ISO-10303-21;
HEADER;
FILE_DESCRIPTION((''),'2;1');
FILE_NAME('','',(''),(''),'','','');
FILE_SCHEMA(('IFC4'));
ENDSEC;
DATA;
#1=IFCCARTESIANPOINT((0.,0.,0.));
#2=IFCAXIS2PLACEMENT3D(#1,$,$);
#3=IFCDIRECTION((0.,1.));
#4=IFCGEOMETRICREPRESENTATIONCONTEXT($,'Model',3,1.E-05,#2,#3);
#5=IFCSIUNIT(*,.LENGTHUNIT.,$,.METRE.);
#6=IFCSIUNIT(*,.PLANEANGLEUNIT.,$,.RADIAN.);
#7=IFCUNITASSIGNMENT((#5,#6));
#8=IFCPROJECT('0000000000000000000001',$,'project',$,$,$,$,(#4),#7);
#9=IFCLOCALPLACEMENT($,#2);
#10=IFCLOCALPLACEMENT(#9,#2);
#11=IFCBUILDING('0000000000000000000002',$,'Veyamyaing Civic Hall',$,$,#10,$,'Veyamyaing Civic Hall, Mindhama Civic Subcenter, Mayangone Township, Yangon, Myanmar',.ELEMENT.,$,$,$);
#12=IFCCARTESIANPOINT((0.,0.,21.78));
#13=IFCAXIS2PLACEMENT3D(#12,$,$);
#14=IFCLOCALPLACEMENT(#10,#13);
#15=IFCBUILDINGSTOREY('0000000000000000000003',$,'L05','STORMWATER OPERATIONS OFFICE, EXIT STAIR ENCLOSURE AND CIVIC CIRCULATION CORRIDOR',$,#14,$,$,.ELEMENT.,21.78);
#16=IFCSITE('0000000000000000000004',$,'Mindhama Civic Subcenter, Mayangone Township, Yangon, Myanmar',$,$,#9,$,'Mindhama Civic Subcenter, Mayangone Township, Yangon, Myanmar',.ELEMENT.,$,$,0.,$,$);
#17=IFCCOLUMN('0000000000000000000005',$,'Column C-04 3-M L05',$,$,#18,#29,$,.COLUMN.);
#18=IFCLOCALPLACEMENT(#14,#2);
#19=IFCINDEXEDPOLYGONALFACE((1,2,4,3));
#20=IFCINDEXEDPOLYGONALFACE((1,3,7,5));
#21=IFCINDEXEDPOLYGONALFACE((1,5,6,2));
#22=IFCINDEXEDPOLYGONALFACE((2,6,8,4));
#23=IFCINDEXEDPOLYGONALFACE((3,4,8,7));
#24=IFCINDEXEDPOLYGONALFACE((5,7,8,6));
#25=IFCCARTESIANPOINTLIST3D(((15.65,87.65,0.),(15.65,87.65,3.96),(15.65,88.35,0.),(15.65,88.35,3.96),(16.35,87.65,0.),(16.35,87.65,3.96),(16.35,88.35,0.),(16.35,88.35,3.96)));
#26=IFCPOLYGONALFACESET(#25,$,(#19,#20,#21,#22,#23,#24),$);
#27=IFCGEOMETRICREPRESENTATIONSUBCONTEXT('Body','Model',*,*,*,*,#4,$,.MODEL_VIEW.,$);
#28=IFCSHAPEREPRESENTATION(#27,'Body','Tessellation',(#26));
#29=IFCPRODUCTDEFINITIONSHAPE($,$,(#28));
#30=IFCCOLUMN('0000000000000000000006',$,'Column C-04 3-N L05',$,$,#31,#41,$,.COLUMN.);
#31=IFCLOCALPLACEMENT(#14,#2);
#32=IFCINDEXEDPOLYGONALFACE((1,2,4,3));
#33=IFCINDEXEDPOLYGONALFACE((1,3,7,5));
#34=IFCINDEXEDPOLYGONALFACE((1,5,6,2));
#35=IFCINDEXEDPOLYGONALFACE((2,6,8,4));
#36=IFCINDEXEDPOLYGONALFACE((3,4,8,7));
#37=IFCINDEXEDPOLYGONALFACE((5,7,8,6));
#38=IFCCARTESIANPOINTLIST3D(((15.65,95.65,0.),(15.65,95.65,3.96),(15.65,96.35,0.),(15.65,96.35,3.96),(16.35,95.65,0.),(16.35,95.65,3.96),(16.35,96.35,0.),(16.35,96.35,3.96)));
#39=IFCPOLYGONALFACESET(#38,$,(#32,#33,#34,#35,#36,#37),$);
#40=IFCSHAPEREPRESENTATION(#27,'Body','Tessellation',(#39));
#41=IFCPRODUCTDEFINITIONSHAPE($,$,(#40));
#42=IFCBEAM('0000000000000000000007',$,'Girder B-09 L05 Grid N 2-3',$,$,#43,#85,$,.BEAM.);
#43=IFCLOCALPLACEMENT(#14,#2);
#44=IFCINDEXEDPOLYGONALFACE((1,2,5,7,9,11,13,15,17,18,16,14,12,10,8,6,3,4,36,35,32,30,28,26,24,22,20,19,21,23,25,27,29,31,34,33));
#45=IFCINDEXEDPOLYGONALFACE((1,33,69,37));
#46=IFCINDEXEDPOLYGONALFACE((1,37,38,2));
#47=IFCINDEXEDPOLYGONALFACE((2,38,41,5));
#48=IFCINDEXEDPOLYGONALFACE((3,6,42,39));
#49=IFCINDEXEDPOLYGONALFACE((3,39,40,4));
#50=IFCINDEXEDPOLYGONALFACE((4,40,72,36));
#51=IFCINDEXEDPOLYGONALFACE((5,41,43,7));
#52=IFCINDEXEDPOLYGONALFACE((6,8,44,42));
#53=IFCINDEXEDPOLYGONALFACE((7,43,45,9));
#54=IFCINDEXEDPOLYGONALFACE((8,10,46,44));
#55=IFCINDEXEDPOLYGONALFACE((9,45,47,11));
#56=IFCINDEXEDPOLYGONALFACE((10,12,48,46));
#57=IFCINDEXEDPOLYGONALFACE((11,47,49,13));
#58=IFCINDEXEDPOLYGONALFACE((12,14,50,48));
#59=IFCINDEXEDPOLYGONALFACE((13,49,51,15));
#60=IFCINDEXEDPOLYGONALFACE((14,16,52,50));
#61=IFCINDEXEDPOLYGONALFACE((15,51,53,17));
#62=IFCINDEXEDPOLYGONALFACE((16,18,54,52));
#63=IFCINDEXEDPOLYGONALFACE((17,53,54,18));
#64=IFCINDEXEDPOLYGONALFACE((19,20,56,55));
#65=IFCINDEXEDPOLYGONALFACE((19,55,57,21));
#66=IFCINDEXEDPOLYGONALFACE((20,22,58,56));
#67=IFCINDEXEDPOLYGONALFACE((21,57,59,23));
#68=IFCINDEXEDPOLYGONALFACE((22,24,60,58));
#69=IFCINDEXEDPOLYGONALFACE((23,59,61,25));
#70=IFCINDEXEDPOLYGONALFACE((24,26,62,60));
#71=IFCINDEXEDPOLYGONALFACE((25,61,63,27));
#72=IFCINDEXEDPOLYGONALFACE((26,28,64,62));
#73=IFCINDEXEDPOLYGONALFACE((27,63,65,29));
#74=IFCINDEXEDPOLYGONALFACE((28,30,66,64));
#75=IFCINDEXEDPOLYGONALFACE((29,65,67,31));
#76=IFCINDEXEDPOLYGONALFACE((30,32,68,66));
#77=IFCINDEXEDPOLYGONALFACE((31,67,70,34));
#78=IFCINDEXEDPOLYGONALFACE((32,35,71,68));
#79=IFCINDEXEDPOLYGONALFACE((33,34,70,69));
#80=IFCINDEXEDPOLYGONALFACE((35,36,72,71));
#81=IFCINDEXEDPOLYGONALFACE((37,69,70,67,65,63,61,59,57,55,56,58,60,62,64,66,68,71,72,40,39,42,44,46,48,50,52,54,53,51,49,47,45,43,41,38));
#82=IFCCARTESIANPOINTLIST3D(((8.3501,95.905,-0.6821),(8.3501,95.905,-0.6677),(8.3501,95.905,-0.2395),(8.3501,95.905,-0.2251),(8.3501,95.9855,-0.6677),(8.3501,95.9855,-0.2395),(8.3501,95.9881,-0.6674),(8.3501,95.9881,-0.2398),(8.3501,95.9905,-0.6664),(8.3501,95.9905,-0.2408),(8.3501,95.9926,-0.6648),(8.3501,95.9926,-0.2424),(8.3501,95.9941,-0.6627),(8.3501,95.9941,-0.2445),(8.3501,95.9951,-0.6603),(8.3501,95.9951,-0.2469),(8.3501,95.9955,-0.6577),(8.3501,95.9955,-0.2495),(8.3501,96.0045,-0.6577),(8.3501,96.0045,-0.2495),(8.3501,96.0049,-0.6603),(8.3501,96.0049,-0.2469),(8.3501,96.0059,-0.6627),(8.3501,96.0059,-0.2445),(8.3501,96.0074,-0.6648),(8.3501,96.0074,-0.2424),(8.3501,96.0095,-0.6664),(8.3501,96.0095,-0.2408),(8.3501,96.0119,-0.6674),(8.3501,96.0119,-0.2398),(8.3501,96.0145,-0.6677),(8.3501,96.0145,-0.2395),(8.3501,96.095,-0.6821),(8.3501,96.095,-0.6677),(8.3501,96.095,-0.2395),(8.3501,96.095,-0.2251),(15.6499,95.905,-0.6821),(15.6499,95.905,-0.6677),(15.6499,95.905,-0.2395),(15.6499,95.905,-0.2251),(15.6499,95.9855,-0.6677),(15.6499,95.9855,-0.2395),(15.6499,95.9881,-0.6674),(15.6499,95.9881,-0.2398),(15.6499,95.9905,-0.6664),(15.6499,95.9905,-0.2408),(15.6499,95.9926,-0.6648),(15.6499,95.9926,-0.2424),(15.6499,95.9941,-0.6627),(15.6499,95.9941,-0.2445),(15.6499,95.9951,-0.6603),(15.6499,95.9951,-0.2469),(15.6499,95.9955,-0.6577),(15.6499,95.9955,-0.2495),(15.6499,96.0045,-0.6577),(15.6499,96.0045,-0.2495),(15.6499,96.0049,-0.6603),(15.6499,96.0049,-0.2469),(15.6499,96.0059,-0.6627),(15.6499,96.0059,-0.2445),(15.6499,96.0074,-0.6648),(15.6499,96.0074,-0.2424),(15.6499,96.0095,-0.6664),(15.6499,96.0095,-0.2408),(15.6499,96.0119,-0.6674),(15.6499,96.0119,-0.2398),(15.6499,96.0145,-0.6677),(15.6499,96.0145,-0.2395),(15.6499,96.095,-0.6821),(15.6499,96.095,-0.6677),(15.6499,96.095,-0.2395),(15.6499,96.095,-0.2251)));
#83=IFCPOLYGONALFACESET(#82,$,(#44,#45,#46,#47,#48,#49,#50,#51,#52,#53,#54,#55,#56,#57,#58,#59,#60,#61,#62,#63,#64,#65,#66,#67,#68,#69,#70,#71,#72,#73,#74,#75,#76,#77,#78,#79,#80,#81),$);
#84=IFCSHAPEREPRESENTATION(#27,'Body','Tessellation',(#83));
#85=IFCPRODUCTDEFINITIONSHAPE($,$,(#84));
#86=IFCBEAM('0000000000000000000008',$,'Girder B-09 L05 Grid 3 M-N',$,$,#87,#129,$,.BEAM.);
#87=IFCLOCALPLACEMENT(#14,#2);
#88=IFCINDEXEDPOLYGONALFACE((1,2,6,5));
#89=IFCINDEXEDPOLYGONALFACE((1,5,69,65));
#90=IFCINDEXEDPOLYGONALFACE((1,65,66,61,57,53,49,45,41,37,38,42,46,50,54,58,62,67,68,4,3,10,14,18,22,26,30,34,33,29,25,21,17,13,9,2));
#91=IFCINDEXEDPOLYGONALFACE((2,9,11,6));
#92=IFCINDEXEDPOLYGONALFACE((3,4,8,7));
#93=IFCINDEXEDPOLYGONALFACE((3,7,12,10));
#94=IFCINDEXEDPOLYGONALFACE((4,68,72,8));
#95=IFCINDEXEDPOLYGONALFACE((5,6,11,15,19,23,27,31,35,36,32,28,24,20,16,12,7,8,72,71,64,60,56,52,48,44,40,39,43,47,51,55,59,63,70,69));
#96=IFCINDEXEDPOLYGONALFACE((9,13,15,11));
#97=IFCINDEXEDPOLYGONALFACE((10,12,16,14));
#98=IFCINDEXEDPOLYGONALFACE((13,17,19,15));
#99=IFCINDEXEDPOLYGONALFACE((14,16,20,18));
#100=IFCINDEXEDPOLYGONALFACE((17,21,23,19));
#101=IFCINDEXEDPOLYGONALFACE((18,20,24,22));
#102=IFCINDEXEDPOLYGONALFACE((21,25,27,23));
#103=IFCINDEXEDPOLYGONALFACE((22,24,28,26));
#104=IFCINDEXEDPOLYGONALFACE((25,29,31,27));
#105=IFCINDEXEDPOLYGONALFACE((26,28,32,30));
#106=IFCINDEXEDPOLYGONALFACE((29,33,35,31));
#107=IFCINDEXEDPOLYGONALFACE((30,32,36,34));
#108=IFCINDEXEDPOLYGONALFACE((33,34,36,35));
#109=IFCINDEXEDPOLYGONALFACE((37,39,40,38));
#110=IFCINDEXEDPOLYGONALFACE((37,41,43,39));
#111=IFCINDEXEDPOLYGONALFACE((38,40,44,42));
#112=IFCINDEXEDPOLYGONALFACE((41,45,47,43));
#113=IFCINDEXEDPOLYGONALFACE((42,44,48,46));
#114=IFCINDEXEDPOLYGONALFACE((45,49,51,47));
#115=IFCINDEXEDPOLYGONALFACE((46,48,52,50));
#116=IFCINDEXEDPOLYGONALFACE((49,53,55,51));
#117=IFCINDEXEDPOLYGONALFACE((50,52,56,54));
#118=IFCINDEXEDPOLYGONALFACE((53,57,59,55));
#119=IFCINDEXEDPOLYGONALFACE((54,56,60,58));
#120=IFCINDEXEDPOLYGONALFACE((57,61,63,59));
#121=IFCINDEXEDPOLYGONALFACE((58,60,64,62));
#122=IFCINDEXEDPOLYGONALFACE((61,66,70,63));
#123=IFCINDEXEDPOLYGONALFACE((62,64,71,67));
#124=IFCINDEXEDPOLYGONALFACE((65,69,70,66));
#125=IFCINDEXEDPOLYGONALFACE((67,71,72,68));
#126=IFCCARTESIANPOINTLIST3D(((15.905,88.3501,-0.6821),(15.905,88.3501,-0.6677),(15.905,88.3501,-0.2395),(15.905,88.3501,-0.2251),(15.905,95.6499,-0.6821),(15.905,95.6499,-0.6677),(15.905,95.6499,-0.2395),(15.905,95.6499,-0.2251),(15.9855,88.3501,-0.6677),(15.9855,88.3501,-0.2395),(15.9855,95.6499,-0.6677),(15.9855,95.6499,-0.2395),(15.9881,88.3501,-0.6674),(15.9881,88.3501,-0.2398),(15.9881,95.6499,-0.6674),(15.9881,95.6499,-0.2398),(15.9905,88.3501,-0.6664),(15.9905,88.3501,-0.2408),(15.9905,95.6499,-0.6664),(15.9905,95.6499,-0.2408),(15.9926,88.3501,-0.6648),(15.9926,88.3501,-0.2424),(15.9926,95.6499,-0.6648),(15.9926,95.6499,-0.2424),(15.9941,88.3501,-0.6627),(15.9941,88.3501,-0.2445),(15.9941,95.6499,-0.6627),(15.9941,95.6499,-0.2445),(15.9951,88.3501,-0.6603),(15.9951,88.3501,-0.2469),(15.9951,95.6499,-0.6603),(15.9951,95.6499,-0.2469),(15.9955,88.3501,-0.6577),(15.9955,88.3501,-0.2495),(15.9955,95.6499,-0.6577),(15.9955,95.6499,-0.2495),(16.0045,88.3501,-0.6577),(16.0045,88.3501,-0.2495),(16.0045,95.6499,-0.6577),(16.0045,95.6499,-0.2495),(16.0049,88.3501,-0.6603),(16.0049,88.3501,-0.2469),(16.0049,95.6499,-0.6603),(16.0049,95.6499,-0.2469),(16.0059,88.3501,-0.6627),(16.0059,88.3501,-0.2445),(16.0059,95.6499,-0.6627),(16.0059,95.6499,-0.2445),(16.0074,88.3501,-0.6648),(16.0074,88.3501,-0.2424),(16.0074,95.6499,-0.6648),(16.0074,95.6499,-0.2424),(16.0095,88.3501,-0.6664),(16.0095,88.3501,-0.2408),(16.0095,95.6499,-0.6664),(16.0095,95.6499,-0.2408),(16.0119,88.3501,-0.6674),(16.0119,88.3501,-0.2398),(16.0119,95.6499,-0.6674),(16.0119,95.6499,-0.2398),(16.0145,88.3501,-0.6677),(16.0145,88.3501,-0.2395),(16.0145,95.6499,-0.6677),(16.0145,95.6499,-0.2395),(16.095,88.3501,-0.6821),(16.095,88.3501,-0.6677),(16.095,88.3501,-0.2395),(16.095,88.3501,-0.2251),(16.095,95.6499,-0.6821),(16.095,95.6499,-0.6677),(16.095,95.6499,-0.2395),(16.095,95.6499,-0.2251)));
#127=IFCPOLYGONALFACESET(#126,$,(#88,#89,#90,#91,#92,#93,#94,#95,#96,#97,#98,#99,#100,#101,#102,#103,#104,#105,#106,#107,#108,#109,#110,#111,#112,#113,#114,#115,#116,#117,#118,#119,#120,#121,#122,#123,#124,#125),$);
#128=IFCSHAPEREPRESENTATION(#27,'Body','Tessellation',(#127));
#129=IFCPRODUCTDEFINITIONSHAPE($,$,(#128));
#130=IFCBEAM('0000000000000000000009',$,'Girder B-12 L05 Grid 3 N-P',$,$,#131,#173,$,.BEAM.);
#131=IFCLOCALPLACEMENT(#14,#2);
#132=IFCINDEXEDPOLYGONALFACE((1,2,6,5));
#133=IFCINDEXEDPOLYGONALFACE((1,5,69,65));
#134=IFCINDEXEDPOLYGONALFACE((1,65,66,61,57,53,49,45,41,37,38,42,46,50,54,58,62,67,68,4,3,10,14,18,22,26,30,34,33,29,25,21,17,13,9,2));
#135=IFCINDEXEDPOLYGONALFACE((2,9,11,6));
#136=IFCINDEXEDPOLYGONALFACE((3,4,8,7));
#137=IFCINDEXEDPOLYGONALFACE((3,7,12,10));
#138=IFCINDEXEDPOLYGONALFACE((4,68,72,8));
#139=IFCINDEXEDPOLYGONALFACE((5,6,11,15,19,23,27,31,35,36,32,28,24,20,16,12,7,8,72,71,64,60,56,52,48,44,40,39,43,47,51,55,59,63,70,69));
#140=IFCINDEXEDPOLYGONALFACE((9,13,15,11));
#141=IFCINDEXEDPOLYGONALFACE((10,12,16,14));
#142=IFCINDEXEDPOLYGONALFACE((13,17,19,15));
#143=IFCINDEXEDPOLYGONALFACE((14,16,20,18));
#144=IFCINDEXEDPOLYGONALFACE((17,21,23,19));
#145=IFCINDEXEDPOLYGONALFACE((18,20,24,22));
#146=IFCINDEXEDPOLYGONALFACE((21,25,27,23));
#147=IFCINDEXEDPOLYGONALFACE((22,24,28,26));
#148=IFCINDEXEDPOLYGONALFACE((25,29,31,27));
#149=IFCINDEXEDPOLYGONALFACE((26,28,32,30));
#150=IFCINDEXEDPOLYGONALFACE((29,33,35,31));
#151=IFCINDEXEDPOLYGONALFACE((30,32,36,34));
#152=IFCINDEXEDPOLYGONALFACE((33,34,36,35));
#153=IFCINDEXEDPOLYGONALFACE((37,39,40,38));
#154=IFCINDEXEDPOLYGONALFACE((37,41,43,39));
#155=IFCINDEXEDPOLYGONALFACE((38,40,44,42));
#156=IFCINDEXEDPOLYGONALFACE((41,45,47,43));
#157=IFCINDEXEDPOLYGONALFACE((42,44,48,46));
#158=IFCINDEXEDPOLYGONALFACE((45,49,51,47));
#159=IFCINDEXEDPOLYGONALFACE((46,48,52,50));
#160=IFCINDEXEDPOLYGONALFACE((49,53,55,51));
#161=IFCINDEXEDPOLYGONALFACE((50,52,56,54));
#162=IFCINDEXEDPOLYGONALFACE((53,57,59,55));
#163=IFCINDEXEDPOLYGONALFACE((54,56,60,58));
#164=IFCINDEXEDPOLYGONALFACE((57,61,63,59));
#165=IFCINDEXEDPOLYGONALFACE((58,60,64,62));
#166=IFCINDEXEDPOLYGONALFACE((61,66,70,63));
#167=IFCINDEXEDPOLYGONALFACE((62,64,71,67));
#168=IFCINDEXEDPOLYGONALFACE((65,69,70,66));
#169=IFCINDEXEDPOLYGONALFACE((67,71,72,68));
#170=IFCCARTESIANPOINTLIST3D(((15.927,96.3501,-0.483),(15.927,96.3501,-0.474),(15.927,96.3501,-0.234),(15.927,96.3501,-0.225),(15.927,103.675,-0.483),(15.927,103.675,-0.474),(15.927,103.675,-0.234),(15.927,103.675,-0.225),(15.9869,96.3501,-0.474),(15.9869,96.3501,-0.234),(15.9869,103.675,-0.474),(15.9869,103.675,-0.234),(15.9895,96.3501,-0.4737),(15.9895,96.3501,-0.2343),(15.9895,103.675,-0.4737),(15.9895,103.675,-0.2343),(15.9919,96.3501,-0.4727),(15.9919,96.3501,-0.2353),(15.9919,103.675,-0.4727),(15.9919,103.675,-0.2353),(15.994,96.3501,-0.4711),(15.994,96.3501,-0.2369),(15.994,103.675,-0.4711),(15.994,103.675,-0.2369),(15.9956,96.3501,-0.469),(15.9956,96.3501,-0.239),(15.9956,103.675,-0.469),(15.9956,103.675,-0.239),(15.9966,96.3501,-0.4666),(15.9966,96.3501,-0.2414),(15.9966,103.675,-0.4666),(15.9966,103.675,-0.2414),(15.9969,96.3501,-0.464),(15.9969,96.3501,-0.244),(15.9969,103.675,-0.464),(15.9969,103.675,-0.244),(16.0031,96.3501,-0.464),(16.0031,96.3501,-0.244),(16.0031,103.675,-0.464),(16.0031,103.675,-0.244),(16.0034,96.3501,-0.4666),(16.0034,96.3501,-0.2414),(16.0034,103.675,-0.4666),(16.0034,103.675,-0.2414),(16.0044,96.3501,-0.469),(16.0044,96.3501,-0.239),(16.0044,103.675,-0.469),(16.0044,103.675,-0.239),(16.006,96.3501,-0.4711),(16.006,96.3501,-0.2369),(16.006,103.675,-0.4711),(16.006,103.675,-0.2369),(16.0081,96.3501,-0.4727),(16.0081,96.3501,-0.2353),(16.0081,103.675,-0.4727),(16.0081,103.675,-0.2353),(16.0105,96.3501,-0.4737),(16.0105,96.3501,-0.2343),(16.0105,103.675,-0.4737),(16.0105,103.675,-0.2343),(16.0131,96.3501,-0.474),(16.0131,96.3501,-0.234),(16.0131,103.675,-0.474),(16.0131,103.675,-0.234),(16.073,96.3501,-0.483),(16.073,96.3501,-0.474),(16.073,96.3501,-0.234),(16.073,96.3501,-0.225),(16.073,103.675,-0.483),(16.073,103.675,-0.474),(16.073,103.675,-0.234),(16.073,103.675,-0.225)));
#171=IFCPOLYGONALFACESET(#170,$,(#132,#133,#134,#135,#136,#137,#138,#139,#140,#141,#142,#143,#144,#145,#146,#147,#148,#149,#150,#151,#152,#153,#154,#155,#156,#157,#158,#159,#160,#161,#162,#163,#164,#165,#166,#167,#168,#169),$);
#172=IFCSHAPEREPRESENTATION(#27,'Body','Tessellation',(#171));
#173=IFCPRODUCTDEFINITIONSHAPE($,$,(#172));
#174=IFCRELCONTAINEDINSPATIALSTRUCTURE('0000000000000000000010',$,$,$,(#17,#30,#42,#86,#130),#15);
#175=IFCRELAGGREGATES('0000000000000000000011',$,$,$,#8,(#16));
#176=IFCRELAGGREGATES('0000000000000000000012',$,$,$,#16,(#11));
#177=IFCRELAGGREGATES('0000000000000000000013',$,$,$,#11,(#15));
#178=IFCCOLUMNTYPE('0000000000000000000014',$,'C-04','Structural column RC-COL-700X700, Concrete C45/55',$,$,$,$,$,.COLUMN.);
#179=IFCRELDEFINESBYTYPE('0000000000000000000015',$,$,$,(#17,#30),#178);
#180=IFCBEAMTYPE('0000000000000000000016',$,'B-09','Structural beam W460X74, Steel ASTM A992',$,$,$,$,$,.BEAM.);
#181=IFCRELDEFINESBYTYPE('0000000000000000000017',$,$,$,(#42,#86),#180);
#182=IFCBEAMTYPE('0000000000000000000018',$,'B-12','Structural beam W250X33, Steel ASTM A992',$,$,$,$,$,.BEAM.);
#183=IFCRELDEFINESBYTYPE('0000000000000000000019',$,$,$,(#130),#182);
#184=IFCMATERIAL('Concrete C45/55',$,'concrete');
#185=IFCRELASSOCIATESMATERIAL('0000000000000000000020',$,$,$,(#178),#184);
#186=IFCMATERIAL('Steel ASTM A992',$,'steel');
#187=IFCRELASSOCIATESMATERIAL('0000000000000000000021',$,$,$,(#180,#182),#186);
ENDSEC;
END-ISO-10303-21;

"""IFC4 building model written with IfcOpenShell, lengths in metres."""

from ifc_helpers import new_model, si_unit, direction, frame, origin, origin_2d, place, context, subcontext, project, spatial, rectangle, i_section, extrude, material, material_profile, profile_set, type_object, element, save


model = new_model("IFC4")

# Units and contexts
model_context = context("Model", 3, precision=1e-05, world=origin(), true_north=direction((0.0, 1.0)))
body_context = subcontext(model_context, "Body", "Model", "MODEL_VIEW")
ifc_project = project(units=[si_unit("LENGTHUNIT", "METRE"), si_unit("PLANEANGLEUNIT", "RADIAN")], contexts=[model_context])

# Site, building, storey
site_placement = place(None, origin())
site = spatial("IfcSite", under=ifc_project, at=site_placement, Name="Mindhama Civic Subcenter, Mayangone Township, Yangon, Myanmar", LongName="Mindhama Civic Subcenter, Mayangone Township, Yangon, Myanmar", CompositionType="ELEMENT", RefElevation=0.0)
building_placement = place(site_placement, origin())
building = spatial("IfcBuilding", under=site, at=building_placement, Name="Veyamyaing Civic Hall", LongName="Veyamyaing Civic Hall, Mindhama Civic Subcenter, Mayangone Township, Yangon, Myanmar", CompositionType="ELEMENT")
storey_placement = place(building_placement, frame((0.0, 0.0, 21.78)))
storey = spatial("IfcBuildingStorey", under=building, at=storey_placement, Name="L05", Description="STORMWATER OPERATIONS OFFICE, EXIT STAIR ENCLOSURE AND CIVIC CIRCULATION CORRIDOR", CompositionType="ELEMENT", Elevation=21.78)

# Columns
ifc_material_1 = material(Name="Concrete C45/55", Category="concrete")
ifc_material_profile_1 = material_profile(ifc_material_1, rectangle(XDim=0.7, YDim=0.7, at=origin_2d()), Name="RC-COL-700X700")
ifc_profile_set_1 = profile_set([ifc_material_profile_1], Name="Concrete C45/55")
column_type = type_object("IfcColumnType", Name="C-04", Description="Structural column RC-COL-700X700, Concrete C45/55", PredefinedType="COLUMN", material=ifc_profile_set_1)
for number, where, z_axis, x_axis, name in (
    (1, (16.0, 88.0, 0.0), (0.0, 0.0, 1.0), (1.0, 0.0, 0.0), "Column C-04 3-M L05"),
    (2, (16.0, 96.0, 0.0), (0.0, 0.0, 1.0), (1.0, 0.0, 0.0), "Column C-04 3-N L05"),
):
    element("IfcColumn", number, at=place(storey_placement, frame(where, z_axis=z_axis, x_axis=x_axis)), inside=storey, type_object=column_type, Name=name, PredefinedType="COLUMN", context=body_context, shape_type="SweptSolid", body=[
        extrude(rectangle(XDim=0.7, YDim=0.7, at=origin_2d()), origin(), (0.0, 0.0, 1.0), 3.96),
    ])

# Beams
ifc_material_2 = material(Name="Steel ASTM A992", Category="steel")
ifc_material_profile_2 = material_profile(ifc_material_2, i_section(OverallWidth=0.1899, OverallDepth=0.457, WebThickness=0.009, FlangeThickness=0.0144, FilletRadius=0.01, at=origin_2d()), Name="W460X74")
ifc_profile_set_2 = profile_set([ifc_material_profile_2], Name="Steel ASTM A992")
beam_type_1 = type_object("IfcBeamType", Name="B-09", Description="Structural beam W460X74, Steel ASTM A992", PredefinedType="BEAM", material=ifc_profile_set_2)
for number, where, z_axis, x_axis, name in (
    (3, (8.3501, 96.0, -0.4536), (1.0, 0.0, 0.0), (0.0, 1.0, 0.0), "Girder B-09 L05 Grid N 2-3"),
    (4, (16.0, 88.3501, -0.4536), (0.0, 1.0, 0.0), (-1.0, 0.0, 0.0), "Girder B-09 L05 Grid 3 M-N"),
):
    element("IfcBeam", number, at=place(storey_placement, frame(where, z_axis=z_axis, x_axis=x_axis)), inside=storey, type_object=beam_type_1, Name=name, PredefinedType="BEAM", context=body_context, shape_type="SweptSolid", body=[
        extrude(i_section(OverallWidth=0.1899, OverallDepth=0.457, WebThickness=0.009, FlangeThickness=0.0144, FilletRadius=0.01, at=origin_2d()), origin(), (0.0, 0.0, 1.0), 7.2998),
    ])
ifc_material_profile_3 = material_profile(ifc_material_2, i_section(OverallWidth=0.146, OverallDepth=0.2581, WebThickness=0.0061, FlangeThickness=0.009, FilletRadius=0.01, at=origin_2d()), Name="W250X33")
ifc_profile_set_3 = profile_set([ifc_material_profile_3], Name="Steel ASTM A992")
beam_type_2 = type_object("IfcBeamType", Name="B-12", Description="Structural beam W250X33, Steel ASTM A992", PredefinedType="BEAM", material=ifc_profile_set_3)
beam_1_placement = place(storey_placement, frame((16.0, 96.3501, -0.354), z_axis=(0.0, 1.0, 0.0), x_axis=(-1.0, 0.0, 0.0)))
element("IfcBeam", 5, at=beam_1_placement, inside=storey, type_object=beam_type_2, Name="Girder B-12 L05 Grid 3 N-P", PredefinedType="BEAM", context=body_context, shape_type="SweptSolid", body=[
    extrude(i_section(OverallWidth=0.146, OverallDepth=0.2581, WebThickness=0.0061, FlangeThickness=0.009, FilletRadius=0.01, at=origin_2d()), origin(), (0.0, 0.0, 1.0), 7.325),
])

save(model, "model.ifc")
